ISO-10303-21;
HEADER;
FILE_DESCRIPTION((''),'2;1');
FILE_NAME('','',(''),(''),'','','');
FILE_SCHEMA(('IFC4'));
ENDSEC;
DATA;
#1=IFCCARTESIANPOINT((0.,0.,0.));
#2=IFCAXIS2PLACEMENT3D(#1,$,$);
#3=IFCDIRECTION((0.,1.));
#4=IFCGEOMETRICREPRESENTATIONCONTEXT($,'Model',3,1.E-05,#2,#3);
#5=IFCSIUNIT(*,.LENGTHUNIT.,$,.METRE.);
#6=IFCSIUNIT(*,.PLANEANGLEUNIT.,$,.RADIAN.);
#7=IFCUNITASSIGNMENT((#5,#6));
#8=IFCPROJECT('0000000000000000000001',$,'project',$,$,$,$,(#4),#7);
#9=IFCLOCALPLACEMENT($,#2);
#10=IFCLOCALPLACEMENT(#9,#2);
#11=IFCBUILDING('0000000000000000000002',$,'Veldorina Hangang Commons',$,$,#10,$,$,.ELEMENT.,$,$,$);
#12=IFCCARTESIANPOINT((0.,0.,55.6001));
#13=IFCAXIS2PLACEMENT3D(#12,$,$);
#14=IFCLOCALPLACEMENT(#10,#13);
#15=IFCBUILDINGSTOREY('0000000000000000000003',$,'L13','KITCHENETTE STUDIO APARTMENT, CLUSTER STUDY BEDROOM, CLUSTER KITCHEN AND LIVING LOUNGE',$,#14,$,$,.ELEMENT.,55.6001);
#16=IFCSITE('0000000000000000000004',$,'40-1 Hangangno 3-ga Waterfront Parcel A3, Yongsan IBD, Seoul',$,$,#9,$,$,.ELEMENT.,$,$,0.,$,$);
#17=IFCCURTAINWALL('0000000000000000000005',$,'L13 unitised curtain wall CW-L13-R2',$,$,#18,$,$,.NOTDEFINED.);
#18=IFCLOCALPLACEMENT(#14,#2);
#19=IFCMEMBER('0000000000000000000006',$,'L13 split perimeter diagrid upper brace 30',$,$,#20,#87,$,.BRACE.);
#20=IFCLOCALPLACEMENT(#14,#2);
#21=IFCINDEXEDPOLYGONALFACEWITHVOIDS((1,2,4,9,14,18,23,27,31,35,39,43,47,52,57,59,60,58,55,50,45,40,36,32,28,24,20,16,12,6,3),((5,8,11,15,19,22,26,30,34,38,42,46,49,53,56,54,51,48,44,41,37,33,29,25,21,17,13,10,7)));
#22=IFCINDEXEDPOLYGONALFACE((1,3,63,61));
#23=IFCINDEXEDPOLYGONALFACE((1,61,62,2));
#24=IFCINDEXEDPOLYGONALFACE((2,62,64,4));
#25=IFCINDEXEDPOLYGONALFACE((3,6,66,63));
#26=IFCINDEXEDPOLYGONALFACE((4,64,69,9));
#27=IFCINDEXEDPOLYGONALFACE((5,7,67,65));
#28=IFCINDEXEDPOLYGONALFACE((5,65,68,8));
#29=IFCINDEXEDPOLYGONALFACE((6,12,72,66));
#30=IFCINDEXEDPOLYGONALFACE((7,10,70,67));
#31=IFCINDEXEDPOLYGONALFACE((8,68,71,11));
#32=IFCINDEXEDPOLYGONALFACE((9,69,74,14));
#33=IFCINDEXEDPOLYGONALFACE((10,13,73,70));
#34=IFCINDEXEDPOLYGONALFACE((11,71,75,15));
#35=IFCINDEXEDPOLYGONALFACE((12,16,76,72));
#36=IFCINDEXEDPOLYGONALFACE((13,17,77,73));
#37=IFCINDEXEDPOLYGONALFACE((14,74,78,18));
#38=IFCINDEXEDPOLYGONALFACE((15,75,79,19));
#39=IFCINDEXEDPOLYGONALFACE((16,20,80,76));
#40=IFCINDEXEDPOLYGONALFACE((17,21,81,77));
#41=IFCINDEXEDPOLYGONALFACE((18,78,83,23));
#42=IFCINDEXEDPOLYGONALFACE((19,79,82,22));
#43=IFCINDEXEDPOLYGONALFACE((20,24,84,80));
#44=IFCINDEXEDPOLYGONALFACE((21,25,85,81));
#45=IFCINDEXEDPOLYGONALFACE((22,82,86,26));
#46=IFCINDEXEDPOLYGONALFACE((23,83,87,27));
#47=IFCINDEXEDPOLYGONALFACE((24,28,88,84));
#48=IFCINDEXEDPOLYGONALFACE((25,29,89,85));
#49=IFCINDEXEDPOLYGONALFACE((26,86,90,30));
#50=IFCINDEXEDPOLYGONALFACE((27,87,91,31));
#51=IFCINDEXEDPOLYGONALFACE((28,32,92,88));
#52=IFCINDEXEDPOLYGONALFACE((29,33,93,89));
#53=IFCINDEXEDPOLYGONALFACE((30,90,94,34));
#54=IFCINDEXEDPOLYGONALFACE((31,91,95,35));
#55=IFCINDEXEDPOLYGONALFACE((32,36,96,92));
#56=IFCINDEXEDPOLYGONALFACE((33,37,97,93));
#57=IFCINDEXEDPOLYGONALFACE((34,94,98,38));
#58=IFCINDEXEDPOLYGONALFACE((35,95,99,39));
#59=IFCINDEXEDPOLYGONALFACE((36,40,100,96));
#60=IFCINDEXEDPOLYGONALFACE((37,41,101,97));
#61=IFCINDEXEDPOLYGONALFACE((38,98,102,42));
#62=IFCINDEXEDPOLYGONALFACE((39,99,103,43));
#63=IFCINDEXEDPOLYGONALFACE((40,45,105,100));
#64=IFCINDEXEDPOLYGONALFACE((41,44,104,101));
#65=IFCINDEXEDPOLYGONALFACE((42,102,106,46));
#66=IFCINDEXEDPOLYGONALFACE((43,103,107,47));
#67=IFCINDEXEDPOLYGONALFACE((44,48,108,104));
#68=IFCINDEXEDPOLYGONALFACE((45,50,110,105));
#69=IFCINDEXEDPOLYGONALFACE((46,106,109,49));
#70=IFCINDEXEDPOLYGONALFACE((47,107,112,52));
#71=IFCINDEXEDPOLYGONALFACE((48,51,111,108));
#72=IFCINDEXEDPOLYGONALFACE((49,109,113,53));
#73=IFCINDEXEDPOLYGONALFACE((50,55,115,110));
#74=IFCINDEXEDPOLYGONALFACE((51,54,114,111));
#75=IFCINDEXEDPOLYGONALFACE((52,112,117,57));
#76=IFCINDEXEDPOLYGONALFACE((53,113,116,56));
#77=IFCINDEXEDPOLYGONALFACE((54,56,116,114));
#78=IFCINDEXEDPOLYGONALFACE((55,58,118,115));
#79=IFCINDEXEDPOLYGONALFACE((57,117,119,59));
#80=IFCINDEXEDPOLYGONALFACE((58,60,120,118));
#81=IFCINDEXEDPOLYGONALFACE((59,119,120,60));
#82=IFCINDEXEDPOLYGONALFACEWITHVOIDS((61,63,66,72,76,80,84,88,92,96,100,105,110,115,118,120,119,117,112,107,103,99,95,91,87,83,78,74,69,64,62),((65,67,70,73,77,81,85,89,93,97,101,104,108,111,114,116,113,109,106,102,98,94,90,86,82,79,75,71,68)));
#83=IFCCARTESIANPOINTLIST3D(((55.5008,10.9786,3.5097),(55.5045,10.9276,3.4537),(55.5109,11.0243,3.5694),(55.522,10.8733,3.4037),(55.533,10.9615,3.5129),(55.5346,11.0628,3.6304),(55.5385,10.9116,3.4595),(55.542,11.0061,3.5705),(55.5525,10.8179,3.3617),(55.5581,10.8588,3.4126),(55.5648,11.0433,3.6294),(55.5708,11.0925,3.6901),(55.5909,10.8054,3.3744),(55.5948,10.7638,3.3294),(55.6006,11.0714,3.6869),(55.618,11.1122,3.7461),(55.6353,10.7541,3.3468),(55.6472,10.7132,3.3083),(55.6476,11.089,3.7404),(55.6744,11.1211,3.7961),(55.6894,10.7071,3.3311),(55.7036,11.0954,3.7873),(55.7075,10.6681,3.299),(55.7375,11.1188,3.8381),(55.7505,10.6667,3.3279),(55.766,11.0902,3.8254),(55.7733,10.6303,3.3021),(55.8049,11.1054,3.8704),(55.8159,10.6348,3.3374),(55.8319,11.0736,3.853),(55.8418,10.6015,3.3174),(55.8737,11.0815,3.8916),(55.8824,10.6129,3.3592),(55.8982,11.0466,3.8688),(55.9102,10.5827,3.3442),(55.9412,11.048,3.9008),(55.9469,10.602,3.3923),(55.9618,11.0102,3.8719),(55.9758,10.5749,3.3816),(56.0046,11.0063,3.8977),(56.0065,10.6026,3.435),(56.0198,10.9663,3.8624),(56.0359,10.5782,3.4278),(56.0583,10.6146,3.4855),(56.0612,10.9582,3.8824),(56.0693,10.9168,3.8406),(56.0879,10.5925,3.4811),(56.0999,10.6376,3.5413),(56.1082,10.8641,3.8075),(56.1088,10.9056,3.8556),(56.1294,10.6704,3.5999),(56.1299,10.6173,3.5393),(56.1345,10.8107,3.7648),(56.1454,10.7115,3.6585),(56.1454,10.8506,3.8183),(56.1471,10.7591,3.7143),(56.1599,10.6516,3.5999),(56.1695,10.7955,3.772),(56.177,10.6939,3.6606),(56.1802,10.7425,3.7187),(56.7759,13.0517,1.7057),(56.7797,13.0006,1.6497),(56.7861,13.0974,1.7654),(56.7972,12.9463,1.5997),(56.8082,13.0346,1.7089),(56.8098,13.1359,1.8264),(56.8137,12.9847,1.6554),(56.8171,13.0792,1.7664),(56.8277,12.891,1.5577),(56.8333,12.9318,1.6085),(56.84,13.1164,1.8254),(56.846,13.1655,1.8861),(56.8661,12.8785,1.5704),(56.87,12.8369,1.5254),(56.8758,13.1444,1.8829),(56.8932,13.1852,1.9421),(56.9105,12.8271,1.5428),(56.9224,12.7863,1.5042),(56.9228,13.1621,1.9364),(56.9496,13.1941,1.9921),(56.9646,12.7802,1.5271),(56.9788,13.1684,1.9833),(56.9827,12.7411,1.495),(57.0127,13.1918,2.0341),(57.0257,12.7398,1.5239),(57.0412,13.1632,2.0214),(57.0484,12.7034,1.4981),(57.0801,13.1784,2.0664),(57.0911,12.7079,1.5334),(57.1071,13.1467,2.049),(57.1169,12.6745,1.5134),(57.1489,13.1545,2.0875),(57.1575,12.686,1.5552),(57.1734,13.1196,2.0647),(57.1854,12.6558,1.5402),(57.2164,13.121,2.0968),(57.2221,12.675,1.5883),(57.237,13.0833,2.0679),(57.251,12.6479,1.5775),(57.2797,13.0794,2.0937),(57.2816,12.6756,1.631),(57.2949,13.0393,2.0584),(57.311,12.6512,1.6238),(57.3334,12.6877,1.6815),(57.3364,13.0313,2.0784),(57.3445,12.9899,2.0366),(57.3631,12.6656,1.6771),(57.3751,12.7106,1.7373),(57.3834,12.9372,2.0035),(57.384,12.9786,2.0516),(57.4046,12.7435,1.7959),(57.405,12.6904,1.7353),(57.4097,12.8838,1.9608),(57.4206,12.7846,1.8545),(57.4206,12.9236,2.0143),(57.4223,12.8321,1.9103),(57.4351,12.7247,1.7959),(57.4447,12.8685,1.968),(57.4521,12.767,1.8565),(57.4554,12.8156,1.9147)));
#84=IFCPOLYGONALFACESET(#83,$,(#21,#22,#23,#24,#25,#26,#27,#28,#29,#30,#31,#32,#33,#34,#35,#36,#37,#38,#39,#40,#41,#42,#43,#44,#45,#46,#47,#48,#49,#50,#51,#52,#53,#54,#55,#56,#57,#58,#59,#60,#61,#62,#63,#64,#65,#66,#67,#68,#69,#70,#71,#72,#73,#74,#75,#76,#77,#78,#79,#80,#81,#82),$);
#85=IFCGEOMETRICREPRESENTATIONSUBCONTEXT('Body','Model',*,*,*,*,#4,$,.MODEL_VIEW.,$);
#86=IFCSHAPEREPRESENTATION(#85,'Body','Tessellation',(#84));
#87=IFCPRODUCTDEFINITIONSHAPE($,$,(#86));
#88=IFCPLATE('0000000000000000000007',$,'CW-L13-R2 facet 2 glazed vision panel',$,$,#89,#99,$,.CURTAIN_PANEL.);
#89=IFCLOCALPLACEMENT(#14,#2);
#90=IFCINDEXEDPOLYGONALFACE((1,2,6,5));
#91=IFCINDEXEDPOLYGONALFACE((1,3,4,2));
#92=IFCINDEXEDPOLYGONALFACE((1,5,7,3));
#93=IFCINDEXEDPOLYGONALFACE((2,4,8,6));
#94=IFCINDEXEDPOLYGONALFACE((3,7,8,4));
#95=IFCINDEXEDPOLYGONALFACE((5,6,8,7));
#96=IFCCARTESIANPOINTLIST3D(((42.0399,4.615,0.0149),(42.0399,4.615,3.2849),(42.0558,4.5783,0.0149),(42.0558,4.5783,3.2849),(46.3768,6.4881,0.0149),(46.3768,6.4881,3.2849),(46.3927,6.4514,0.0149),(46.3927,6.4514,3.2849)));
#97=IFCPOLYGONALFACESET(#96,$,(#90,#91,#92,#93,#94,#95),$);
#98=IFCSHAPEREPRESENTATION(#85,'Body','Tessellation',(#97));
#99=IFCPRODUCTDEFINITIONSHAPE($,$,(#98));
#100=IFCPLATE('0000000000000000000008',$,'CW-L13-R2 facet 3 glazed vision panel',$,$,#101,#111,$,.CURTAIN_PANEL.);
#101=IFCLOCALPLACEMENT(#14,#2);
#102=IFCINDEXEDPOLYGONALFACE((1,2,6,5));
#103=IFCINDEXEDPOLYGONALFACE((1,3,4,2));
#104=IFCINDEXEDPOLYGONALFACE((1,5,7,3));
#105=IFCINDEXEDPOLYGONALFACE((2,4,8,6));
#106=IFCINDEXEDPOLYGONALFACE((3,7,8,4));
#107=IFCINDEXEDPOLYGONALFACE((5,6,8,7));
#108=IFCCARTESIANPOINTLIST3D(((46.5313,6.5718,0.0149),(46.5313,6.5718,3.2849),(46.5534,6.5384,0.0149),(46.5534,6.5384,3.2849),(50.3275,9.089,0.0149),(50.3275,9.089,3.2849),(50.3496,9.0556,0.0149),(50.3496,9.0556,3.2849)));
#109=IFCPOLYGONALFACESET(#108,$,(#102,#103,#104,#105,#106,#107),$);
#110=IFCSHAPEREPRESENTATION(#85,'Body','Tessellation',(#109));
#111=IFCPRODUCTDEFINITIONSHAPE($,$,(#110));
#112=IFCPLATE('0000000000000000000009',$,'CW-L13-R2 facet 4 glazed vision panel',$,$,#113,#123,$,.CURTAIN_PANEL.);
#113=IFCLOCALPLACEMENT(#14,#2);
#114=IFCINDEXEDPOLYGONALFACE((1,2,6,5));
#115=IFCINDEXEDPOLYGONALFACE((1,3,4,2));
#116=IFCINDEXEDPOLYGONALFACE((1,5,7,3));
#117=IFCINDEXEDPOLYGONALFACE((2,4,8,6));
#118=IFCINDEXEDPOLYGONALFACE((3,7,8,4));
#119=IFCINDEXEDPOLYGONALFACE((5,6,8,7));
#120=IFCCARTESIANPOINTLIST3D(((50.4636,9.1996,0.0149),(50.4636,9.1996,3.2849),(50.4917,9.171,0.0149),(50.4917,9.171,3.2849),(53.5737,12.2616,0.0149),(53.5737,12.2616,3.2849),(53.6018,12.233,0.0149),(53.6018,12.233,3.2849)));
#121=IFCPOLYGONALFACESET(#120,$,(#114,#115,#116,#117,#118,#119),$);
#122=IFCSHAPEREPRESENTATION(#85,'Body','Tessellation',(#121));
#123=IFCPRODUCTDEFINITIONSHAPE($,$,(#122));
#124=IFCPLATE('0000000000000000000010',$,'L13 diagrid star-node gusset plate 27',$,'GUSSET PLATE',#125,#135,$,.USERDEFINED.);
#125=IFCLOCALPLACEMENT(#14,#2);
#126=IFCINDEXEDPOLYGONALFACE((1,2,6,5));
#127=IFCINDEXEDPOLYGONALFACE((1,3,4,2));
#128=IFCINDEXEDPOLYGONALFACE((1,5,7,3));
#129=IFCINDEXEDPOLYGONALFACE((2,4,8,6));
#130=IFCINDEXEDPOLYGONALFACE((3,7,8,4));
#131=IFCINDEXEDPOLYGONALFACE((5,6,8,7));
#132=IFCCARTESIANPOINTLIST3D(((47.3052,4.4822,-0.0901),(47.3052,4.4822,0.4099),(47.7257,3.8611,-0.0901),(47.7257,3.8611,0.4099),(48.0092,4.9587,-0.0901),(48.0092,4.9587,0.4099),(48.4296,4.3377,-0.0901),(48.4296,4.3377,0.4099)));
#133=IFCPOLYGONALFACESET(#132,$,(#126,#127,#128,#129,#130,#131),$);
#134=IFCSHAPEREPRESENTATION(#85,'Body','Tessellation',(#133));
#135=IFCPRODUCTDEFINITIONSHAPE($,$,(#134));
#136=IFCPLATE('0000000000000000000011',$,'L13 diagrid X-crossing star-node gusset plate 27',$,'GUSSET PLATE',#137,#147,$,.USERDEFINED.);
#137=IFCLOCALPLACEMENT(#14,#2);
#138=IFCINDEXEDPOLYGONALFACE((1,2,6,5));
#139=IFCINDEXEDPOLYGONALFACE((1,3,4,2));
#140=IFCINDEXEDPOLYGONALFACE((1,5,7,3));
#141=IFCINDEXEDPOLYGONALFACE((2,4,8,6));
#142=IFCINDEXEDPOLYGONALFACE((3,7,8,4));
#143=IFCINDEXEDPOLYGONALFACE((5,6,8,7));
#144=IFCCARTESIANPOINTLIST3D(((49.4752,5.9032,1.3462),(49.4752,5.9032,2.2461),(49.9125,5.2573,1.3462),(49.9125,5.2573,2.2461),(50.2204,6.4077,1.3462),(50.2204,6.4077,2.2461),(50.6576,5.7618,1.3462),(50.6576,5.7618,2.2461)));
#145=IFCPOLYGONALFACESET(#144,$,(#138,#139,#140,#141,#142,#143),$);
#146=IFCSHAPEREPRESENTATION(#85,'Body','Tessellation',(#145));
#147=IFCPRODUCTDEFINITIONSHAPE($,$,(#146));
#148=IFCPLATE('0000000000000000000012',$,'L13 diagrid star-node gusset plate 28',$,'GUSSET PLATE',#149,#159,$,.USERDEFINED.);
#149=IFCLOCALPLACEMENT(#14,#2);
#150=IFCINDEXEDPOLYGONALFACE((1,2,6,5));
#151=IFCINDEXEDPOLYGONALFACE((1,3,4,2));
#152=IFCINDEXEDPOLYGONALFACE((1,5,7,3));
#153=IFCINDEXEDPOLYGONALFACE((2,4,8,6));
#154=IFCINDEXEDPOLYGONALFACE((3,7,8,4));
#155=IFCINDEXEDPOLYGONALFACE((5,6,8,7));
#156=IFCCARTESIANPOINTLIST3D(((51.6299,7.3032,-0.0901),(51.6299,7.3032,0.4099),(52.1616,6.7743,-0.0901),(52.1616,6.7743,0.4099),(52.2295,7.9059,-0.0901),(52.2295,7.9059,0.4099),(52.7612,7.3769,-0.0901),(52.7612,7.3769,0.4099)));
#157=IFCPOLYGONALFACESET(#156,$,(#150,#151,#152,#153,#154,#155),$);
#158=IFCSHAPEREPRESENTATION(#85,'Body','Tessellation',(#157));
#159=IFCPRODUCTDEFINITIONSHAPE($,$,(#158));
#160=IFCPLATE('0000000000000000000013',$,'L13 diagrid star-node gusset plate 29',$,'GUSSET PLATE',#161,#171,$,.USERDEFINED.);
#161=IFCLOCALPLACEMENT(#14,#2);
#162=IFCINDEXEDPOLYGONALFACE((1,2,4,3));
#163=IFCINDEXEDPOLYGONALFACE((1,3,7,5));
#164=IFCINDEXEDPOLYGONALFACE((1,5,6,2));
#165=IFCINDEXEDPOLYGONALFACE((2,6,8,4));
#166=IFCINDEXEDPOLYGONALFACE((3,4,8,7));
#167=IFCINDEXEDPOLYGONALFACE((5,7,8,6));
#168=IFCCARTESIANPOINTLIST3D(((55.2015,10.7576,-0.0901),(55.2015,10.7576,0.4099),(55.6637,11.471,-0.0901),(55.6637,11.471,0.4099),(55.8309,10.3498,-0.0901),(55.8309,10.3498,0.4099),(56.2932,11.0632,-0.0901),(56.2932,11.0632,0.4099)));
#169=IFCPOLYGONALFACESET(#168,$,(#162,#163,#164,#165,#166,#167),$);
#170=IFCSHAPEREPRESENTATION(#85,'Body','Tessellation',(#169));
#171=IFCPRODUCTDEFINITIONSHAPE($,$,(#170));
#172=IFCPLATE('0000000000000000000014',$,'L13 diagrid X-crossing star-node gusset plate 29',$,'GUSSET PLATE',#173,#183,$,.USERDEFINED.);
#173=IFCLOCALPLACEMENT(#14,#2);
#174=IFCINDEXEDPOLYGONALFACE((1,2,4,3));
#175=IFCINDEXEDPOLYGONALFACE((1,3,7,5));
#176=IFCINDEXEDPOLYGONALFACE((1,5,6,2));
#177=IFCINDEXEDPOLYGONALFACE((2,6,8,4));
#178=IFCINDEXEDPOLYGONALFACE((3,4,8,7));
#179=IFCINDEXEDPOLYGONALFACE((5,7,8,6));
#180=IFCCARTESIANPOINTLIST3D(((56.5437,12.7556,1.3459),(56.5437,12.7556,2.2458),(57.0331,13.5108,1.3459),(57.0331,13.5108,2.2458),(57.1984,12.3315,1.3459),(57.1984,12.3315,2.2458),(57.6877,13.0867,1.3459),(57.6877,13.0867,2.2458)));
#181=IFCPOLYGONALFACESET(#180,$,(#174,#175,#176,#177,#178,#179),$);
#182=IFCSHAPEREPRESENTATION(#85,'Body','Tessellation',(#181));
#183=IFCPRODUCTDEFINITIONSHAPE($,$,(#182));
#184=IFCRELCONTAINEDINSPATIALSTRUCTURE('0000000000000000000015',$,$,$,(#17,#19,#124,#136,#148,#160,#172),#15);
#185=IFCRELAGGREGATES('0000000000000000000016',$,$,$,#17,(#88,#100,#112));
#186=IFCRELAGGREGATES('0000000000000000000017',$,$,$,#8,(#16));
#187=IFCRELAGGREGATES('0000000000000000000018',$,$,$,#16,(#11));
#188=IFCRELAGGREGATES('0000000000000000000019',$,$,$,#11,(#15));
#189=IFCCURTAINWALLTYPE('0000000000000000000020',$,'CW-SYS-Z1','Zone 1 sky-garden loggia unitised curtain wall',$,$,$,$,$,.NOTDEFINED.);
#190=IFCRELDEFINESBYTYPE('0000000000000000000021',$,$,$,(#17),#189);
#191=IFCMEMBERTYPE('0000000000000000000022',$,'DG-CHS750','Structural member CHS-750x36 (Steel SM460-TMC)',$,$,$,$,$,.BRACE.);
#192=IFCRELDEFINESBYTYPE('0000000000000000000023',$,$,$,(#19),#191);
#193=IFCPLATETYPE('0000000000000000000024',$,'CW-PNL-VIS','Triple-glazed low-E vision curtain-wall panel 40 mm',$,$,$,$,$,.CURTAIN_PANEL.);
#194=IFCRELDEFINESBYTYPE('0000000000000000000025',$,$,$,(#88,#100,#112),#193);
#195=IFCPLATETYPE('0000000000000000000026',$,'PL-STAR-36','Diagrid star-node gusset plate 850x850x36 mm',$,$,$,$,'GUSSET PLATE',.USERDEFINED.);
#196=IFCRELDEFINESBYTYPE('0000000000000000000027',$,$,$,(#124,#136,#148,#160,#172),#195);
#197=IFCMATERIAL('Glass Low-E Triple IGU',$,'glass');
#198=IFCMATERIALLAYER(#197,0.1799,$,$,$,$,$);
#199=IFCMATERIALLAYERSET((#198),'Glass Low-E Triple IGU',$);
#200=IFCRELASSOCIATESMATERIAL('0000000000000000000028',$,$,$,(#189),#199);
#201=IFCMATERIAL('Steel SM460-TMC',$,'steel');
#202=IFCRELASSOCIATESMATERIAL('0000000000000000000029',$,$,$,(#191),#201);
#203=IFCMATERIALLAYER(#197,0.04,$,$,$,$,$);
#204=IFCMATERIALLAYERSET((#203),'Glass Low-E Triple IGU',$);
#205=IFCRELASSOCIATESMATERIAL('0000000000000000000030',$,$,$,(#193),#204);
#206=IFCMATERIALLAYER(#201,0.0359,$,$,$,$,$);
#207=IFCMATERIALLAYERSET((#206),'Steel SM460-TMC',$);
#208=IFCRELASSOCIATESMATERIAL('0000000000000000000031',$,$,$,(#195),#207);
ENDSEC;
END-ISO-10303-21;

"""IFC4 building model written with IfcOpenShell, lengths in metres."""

from ifc_helpers import new_model, si_unit, direction, frame, origin, origin_2d, place, context, subcontext, project, spatial, rectangle, hollow_circle, extrude, material, layer, layer_set, material_profile, profile_set, type_object, element, aggregate, save


model = new_model("IFC4")

# Units and contexts
model_context = context("Model", 3, precision=1e-05, world=origin(), true_north=direction((0.0, 1.0)))
body_context = subcontext(model_context, "Body", "Model", "MODEL_VIEW")
ifc_project = project(units=[si_unit("LENGTHUNIT", "METRE"), si_unit("PLANEANGLEUNIT", "RADIAN")], contexts=[model_context])

# Site, building, storey
site_placement = place(None, origin())
site = spatial("IfcSite", under=ifc_project, at=site_placement, Name="40-1 Hangangno 3-ga Waterfront Parcel A3, Yongsan IBD, Seoul", CompositionType="ELEMENT", RefElevation=0.0)
building_placement = place(site_placement, origin())
building = spatial("IfcBuilding", under=site, at=building_placement, Name="Veldorina Hangang Commons", CompositionType="ELEMENT")
storey_placement = place(building_placement, frame((0.0, 0.0, 55.6001)))
storey = spatial("IfcBuildingStorey", under=building, at=storey_placement, Name="L13", Description="KITCHENETTE STUDIO APARTMENT, CLUSTER STUDY BEDROOM, CLUSTER KITCHEN AND LIVING LOUNGE", CompositionType="ELEMENT", Elevation=55.6001)

# Shared definitions
ifc_material_1 = material(Name="Steel SM460-TMC", Category="steel")

# Curtain wall
ifc_material_2 = material(Name="Glass Low-E Triple IGU", Category="glass")
ifc_layer_1 = layer(ifc_material_2, 0.1799)
ifc_layer_set_1 = layer_set([ifc_layer_1], Name="Glass Low-E Triple IGU")
curtain_wall_type = type_object("IfcCurtainWallType", Name="CW-SYS-Z1", Description="Zone 1 sky-garden loggia unitised curtain wall", PredefinedType="NOTDEFINED", material=ifc_layer_set_1)
curtain_wall_placement = place(storey_placement, origin())
curtain_wall = element("IfcCurtainWall", 1, at=curtain_wall_placement, inside=storey, type_object=curtain_wall_type, Name="L13 unitised curtain wall CW-L13-R2", PredefinedType="NOTDEFINED")

# Member
ifc_material_profile_1 = material_profile(ifc_material_1, hollow_circle(Radius=0.375, WallThickness=0.0359, at=origin_2d()), Name="CHS-750x36")
ifc_profile_set_1 = profile_set([ifc_material_profile_1], Name="Steel SM460-TMC")
member_type_1 = type_object("IfcMemberType", Name="DG-CHS750", Description="Structural member CHS-750x36 (Steel SM460-TMC)", PredefinedType="BRACE", material=ifc_profile_set_1)
member_1_placement = place(storey_placement, frame((57.1157, 12.9211, 1.7959), z_axis=(-0.420917, -0.684282, 0.595473), x_axis=(0.851758, -0.523935, 0.0)))
element("IfcMember", 2, at=member_1_placement, inside=storey, type_object=member_type_1, Name="L13 split perimeter diagrid upper brace 30", PredefinedType="BRACE", context=body_context, shape_type="SweptSolid", body=[
    extrude(hollow_circle(Radius=0.375, WallThickness=0.0359, at=origin_2d()), origin(), (0.0, 0.0, 1.0), 3.0295),
])

# Plates
ifc_layer_2 = layer(ifc_material_2, 0.04)
ifc_layer_set_2 = layer_set([ifc_layer_2], Name="Glass Low-E Triple IGU")
plate_type_1 = type_object("IfcPlateType", Name="CW-PNL-VIS", Description="Triple-glazed low-E vision curtain-wall panel 40 mm", PredefinedType="CURTAIN_PANEL", material=ifc_layer_set_2)
plate_1_placement = place(storey_placement, frame((44.2163, 5.5332, 0.0149), z_axis=(0.0, 0.0, 1.0), x_axis=(0.918039, 0.396491, 0.0)))
plate_1 = element("IfcPlate", 3, at=plate_1_placement, type_object=plate_type_1, Name="CW-L13-R2 facet 2 glazed vision panel", PredefinedType="CURTAIN_PANEL", context=body_context, shape_type="SweptSolid", body=[
    extrude(rectangle(XDim=4.7241, YDim=0.04, at=origin_2d()), origin(), (0.0, 0.0, 1.0), 3.27),
])
plate_2_placement = place(storey_placement, frame((48.4404, 7.8137, 0.0149), z_axis=(0.0, 0.0, 1.0), x_axis=(0.833423, 0.552635, 0.0)))
plate_2 = element("IfcPlate", 4, at=plate_2_placement, type_object=plate_type_1, Name="CW-L13-R2 facet 3 glazed vision panel", PredefinedType="CURTAIN_PANEL", context=body_context, shape_type="SweptSolid", body=[
    extrude(rectangle(XDim=4.5549, YDim=0.04, at=origin_2d()), origin(), (0.0, 0.0, 1.0), 3.27),
])
plate_3_placement = place(storey_placement, frame((52.0327, 10.7163, 0.0149), z_axis=(0.0, 0.0, 1.0), x_axis=(0.712602, 0.701569, 0.0)))
plate_3 = element("IfcPlate", 5, at=plate_3_placement, type_object=plate_type_1, Name="CW-L13-R2 facet 4 glazed vision panel", PredefinedType="CURTAIN_PANEL", context=body_context, shape_type="SweptSolid", body=[
    extrude(rectangle(XDim=4.3645, YDim=0.04, at=origin_2d()), origin(), (0.0, 0.0, 1.0), 3.27),
])
aggregate(curtain_wall, [plate_1, plate_2, plate_3])

# Plates
ifc_layer_3 = layer(ifc_material_1, 0.0359)
ifc_layer_set_3 = layer_set([ifc_layer_3], Name="Steel SM460-TMC")
plate_type_2 = type_object("IfcPlateType", Name="PL-STAR-36", Description="Diagrid star-node gusset plate 850x850x36 mm", ElementType="GUSSET PLATE", PredefinedType="USERDEFINED", material=ifc_layer_set_3)
plate_4_placement = place(storey_placement, frame((47.8674, 4.4099, -0.0901), z_axis=(0.0, 0.0, 1.0), x_axis=(0.82808, 0.56061, 0.0)))
element("IfcPlate", 6, at=plate_4_placement, inside=storey, type_object=plate_type_2, Name="L13 diagrid star-node gusset plate 27", ObjectType="GUSSET PLATE", PredefinedType="USERDEFINED", context=body_context, shape_type="SweptSolid", body=[
    extrude(rectangle(XDim=0.8501, YDim=0.75, at=origin_2d()), origin(), (0.0, 0.0, 1.0), 0.5),
])
plate_5_placement = place(storey_placement, frame((50.0664, 5.8325, 1.3462), z_axis=(0.0, 0.0, 1.0), x_axis=(0.82808, 0.56061, 0.0)))
element("IfcPlate", 7, at=plate_5_placement, inside=storey, type_object=plate_type_2, Name="L13 diagrid X-crossing star-node gusset plate 27", ObjectType="GUSSET PLATE", PredefinedType="USERDEFINED", context=body_context, shape_type="SweptSolid", body=[
    extrude(rectangle(XDim=0.8999, YDim=0.78, at=origin_2d()), origin(), (0.0, 0.0, 1.0), 0.8999),
])
for number, where, z_axis, x_axis, name in (
    (8, (52.1956, 7.3401, -0.0901), (0.0, 0.0, 1.0), (0.705278, 0.708931, 0.0), "L13 diagrid star-node gusset plate 28"),
    (9, (55.7473, 10.9104, -0.0901), (0.0, 0.0, 1.0), (0.54376, 0.83924, 0.0), "L13 diagrid star-node gusset plate 29"),
):
    element("IfcPlate", number, at=place(storey_placement, frame(where, z_axis=z_axis, x_axis=x_axis)), inside=storey, type_object=plate_type_2, Name=name, ObjectType="GUSSET PLATE", PredefinedType="USERDEFINED", context=body_context, shape_type="SweptSolid", body=[
        extrude(rectangle(XDim=0.8501, YDim=0.75, at=origin_2d()), origin(), (0.0, 0.0, 1.0), 0.5),
    ])
plate_6_placement = place(storey_placement, frame((57.1157, 12.9211, 1.3459), z_axis=(0.0, 0.0, 1.0), x_axis=(0.54376, 0.83924, 0.0)))
element("IfcPlate", 10, at=plate_6_placement, inside=storey, type_object=plate_type_2, Name="L13 diagrid X-crossing star-node gusset plate 29", ObjectType="GUSSET PLATE", PredefinedType="USERDEFINED", context=body_context, shape_type="SweptSolid", body=[
    extrude(rectangle(XDim=0.8999, YDim=0.78, at=origin_2d()), origin(), (0.0, 0.0, 1.0), 0.8999),
])

save(model, "model.ifc")
